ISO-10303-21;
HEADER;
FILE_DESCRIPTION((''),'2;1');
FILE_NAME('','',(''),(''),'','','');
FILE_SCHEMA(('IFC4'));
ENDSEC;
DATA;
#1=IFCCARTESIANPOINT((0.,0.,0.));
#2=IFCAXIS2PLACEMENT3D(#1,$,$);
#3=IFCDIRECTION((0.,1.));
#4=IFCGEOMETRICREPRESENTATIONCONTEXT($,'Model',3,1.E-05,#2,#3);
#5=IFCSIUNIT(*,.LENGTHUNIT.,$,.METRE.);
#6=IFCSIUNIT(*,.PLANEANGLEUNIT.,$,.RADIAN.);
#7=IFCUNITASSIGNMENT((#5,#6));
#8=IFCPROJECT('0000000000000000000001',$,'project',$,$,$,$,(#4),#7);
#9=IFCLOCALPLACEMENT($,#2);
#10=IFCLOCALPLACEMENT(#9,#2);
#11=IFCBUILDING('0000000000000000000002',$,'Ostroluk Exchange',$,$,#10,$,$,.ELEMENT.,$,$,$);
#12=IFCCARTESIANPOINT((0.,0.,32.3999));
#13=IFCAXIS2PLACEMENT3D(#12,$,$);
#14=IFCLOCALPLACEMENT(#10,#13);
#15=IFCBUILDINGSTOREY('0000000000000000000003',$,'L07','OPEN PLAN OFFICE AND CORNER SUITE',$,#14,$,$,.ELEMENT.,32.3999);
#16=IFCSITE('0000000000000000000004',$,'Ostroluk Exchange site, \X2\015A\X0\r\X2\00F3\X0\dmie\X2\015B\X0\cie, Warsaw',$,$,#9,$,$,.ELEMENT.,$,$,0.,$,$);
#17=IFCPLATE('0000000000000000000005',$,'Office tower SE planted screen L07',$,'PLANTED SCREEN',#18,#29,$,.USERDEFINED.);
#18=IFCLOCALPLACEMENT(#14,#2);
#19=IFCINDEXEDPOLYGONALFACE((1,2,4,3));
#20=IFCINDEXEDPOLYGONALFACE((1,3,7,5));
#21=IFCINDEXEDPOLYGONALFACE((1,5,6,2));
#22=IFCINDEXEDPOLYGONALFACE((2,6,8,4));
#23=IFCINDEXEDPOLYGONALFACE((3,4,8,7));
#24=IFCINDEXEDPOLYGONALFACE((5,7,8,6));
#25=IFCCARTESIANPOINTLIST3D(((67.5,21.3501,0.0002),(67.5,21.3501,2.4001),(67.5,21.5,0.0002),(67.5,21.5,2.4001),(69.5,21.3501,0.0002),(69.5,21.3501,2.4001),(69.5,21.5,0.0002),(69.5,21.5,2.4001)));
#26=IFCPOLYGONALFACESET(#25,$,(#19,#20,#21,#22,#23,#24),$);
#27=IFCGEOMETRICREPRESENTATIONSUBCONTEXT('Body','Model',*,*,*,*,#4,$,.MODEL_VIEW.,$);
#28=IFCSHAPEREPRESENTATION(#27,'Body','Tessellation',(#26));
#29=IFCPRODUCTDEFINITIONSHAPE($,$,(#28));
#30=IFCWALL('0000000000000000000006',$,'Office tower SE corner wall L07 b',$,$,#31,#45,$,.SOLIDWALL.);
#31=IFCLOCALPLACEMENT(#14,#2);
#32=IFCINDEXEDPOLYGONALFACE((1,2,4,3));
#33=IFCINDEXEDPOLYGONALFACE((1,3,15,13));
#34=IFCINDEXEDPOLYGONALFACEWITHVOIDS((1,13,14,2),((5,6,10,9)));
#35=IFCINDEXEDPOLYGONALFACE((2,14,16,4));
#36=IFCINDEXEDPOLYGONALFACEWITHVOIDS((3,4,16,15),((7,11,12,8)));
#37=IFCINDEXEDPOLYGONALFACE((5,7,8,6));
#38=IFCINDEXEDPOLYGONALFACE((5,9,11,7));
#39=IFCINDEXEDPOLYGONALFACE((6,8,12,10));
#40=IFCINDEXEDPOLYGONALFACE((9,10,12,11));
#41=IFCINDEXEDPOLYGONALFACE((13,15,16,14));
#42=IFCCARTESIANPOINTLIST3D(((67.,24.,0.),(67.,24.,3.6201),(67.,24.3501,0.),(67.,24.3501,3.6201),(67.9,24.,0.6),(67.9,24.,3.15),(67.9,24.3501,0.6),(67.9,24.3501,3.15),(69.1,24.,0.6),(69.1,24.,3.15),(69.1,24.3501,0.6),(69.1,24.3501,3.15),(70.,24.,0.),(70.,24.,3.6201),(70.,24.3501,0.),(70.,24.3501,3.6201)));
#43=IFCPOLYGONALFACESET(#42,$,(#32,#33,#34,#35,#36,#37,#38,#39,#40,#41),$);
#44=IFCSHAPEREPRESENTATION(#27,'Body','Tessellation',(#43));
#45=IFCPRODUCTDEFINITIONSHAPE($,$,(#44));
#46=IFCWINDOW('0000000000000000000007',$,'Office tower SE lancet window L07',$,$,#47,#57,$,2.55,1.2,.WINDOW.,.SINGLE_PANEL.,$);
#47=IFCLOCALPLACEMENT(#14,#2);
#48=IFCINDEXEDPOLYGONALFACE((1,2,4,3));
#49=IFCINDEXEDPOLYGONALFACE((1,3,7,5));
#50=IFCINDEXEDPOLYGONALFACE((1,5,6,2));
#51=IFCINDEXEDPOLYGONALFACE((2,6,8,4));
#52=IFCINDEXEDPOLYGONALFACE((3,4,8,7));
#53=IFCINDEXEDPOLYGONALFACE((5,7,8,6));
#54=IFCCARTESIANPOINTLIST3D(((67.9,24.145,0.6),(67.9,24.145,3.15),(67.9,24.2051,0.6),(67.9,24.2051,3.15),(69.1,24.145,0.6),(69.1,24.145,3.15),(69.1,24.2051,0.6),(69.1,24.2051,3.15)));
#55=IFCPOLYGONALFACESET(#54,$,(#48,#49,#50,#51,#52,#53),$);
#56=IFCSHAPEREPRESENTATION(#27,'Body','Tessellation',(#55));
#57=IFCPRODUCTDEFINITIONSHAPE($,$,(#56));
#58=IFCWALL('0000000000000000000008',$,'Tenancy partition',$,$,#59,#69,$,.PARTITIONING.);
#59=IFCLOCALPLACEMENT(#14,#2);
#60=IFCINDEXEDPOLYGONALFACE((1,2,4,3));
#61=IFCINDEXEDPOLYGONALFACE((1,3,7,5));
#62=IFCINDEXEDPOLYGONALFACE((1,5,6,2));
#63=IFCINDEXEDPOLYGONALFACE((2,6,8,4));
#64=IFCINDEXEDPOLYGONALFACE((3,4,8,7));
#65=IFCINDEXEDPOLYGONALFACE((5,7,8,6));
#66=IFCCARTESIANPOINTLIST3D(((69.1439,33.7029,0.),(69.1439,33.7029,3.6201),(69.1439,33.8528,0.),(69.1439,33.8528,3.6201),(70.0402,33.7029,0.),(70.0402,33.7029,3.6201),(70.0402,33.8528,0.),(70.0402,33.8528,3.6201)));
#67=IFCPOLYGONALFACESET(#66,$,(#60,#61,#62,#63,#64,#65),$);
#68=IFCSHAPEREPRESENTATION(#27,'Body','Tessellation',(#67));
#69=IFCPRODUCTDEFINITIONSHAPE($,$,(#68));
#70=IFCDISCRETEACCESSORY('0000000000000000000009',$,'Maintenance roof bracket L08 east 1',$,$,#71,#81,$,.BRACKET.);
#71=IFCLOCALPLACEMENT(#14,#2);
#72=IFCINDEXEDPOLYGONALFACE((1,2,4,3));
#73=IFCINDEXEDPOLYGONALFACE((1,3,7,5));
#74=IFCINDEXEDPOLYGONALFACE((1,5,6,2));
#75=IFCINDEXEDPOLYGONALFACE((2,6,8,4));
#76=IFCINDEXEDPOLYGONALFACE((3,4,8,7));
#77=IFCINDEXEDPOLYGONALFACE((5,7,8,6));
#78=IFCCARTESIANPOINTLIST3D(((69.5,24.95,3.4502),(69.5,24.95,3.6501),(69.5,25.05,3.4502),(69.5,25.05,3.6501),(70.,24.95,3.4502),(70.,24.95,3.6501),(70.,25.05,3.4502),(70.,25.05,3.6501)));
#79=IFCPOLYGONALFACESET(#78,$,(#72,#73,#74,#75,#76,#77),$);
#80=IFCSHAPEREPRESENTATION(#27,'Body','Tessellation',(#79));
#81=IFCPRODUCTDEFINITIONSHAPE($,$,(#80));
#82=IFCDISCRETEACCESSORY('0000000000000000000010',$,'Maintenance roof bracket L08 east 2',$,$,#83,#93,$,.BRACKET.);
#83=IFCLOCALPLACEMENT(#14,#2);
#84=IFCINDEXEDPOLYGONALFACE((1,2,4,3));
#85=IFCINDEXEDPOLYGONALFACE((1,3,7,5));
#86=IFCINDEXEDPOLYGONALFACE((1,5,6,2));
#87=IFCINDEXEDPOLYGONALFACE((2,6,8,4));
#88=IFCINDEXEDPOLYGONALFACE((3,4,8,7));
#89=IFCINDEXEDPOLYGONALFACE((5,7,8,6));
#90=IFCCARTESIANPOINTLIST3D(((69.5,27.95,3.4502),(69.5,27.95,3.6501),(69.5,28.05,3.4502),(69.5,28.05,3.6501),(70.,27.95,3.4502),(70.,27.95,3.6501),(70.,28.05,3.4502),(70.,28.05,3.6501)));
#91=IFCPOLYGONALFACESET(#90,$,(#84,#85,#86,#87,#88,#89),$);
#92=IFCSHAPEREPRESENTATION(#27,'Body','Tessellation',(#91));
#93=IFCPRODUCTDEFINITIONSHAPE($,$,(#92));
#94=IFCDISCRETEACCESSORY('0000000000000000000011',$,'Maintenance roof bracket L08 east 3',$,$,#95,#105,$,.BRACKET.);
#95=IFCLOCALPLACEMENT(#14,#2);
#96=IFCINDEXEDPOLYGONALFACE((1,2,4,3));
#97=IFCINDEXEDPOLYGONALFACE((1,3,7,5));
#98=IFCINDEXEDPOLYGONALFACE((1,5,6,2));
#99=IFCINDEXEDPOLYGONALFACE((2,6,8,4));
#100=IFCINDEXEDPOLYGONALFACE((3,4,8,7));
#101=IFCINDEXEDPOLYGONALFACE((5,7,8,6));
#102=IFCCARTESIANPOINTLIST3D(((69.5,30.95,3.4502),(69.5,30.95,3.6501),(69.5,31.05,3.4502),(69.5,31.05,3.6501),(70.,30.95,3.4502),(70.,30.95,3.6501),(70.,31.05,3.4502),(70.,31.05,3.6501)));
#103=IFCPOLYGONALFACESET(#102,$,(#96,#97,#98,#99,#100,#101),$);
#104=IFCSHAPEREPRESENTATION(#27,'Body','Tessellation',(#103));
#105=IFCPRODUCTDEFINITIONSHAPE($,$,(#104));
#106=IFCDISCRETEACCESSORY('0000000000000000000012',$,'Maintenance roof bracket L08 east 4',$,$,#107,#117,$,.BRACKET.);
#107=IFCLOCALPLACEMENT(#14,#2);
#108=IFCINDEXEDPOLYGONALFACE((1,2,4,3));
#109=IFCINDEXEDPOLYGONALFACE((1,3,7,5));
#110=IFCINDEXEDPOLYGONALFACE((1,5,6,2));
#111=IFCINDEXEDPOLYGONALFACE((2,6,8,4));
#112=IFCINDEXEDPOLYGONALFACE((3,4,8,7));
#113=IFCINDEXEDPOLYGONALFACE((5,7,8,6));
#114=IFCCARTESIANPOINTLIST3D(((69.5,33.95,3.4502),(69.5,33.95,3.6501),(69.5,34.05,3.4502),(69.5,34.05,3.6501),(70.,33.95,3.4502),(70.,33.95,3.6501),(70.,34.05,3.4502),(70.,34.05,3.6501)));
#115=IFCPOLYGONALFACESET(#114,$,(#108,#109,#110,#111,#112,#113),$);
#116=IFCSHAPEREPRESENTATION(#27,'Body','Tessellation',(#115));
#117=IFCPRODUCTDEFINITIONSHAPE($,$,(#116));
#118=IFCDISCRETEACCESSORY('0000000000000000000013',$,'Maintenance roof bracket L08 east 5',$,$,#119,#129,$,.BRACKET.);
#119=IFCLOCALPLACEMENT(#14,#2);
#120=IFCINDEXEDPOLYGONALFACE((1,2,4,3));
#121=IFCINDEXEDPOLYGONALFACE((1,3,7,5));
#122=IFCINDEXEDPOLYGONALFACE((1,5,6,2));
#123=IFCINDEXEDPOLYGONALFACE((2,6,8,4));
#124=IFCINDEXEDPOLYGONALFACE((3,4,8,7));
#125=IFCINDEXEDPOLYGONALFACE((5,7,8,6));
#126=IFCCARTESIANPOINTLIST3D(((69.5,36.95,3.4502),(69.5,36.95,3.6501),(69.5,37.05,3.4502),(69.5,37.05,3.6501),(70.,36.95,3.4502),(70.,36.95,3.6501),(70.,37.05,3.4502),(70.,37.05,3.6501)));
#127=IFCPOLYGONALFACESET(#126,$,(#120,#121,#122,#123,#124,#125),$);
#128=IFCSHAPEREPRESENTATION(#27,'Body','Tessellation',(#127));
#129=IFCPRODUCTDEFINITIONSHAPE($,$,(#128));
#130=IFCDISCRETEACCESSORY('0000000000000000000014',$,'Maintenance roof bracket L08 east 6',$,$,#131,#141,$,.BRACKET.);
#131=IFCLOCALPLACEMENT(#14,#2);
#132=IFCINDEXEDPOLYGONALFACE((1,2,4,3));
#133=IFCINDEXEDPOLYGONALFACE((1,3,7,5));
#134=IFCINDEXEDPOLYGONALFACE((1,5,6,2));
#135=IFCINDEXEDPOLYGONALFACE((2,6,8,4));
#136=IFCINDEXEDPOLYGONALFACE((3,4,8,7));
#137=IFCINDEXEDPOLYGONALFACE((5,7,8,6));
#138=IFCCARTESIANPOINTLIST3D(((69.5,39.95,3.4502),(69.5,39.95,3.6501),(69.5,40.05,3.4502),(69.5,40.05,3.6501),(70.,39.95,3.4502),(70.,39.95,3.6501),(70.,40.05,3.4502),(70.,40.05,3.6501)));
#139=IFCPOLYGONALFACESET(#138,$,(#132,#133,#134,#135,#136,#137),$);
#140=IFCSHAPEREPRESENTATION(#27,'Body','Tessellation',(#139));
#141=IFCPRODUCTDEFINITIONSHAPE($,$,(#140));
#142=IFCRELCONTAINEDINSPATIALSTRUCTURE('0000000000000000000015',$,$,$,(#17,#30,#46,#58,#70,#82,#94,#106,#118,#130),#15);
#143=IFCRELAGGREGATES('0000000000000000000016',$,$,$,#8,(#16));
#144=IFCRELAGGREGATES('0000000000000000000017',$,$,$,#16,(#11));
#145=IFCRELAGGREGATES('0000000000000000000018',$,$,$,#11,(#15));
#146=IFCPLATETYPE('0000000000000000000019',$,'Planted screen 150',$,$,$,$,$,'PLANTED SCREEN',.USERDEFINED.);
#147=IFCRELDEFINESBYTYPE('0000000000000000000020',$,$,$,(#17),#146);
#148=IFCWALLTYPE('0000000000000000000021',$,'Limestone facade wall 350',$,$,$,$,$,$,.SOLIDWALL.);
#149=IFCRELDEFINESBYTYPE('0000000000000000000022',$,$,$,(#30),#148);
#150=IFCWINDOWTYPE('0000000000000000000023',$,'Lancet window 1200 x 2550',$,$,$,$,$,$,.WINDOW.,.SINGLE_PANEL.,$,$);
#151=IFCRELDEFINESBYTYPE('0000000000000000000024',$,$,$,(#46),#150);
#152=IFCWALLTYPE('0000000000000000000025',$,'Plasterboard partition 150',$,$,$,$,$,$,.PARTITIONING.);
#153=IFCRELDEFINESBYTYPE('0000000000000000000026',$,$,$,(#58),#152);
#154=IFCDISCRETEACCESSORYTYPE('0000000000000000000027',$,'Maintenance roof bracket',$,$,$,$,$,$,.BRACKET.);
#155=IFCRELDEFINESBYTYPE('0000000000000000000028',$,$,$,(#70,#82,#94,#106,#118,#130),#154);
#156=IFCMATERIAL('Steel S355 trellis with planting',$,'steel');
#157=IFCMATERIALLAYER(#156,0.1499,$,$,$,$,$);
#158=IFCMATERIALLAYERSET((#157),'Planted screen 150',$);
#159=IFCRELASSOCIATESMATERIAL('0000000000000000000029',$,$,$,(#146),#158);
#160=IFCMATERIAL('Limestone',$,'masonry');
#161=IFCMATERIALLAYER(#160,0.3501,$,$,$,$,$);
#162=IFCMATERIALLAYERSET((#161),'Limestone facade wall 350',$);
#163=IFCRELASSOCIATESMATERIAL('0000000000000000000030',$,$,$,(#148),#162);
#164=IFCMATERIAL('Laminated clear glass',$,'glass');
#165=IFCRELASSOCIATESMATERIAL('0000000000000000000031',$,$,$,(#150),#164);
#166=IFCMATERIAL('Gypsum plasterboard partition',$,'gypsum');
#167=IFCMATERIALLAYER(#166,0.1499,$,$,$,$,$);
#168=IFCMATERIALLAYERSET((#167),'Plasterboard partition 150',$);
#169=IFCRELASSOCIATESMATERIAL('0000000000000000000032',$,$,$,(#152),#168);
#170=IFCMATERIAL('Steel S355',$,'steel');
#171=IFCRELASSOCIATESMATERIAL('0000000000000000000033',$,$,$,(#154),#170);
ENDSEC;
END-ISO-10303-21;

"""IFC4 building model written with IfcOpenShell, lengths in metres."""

from ifc_helpers import new_model, si_unit, direction, frame, frame_2d, origin, origin_2d, place, context, subcontext, project, spatial, rectangle, extrude, material, layer, layer_set, type_object, element, fill, save


model = new_model("IFC4")

# Units and contexts
model_context = context("Model", 3, precision=1e-05, world=origin(), true_north=direction((0.0, 1.0)))
body_context = subcontext(model_context, "Body", "Model", "MODEL_VIEW")
ifc_project = project(units=[si_unit("LENGTHUNIT", "METRE"), si_unit("PLANEANGLEUNIT", "RADIAN")], contexts=[model_context])

# Site, building, storey
site_placement = place(None, origin())
site = spatial("IfcSite", under=ifc_project, at=site_placement, Name="Ostroluk Exchange site, Śródmieście, Warsaw", CompositionType="ELEMENT", RefElevation=0.0)
building_placement = place(site_placement, origin())
building = spatial("IfcBuilding", under=site, at=building_placement, Name="Ostroluk Exchange", CompositionType="ELEMENT")
storey_placement = place(building_placement, frame((0.0, 0.0, 32.3999)))
storey = spatial("IfcBuildingStorey", under=building, at=storey_placement, Name="L07", Description="OPEN PLAN OFFICE AND CORNER SUITE", CompositionType="ELEMENT", Elevation=32.3999)

# Plate
ifc_material_1 = material(Name="Steel S355 trellis with planting", Category="steel")
ifc_layer_1 = layer(ifc_material_1, 0.1499)
ifc_layer_set_1 = layer_set([ifc_layer_1], Name="Planted screen 150")
plate_type = type_object("IfcPlateType", Name="Planted screen 150", ElementType="PLANTED SCREEN", PredefinedType="USERDEFINED", material=ifc_layer_set_1)
plate_placement = place(storey_placement, frame((68.5, 21.425, 0.0002), z_axis=(0.0, 0.0, 1.0), x_axis=(1.0, 0.0, 0.0)))
element("IfcPlate", 1, at=plate_placement, inside=storey, type_object=plate_type, Name="Office tower SE planted screen L07", ObjectType="PLANTED SCREEN", PredefinedType="USERDEFINED", context=body_context, shape_type="SweptSolid", body=[
    extrude(rectangle(XDim=2.0, YDim=0.1499, at=origin_2d()), origin(), (0.0, 0.0, 1.0), 2.3999),
])

# Shared definitions
ifc_material_2 = material(Name="Limestone", Category="masonry")
ifc_layer_2 = layer(ifc_material_2, 0.3501)
ifc_layer_set_2 = layer_set([ifc_layer_2], Name="Limestone facade wall 350")
wall_type_1 = type_object("IfcWallType", Name="Limestone facade wall 350", PredefinedType="SOLIDWALL", material=ifc_layer_set_2)

# Wall, opening, window
wall_1_placement = place(storey_placement, frame((67.0, 24.175, 0.0), z_axis=(0.0, 0.0, 1.0), x_axis=(1.0, 0.0, 0.0)))
wall_1 = element("IfcWall", 2, at=wall_1_placement, inside=storey, type_object=wall_type_1, Name="Office tower SE corner wall L07 b", PredefinedType="SOLIDWALL", context=body_context, shape_type="SweptSolid", body=[
    extrude(rectangle(XDim=3.0, YDim=0.3501, at=frame_2d((1.5, 0.0))), origin(), (0.0, 0.0, 1.0), 3.6201),
])
opening_1_placement = place(wall_1_placement, frame((0.8999, 0.0, 0.6001)))
opening_1 = element("IfcOpeningElement", 3, at=opening_1_placement, cuts=wall_1, PredefinedType="OPENING", context=body_context, shape_type="SweptSolid", body=[
    extrude(rectangle(XDim=1.2, YDim=2.55, at=frame_2d((0.6001, 1.2749))), frame((0.0, 0.1851, 0.0), z_axis=(0.0, -1.0, 0.0), x_axis=(1.0, 0.0, 0.0)), (0.0, 0.0, 1.0), 0.3701),
])
ifc_material_3 = material(Name="Laminated clear glass", Category="glass")
window_type = type_object("IfcWindowType", Name="Lancet window 1200 x 2550", PartitioningType="SINGLE_PANEL", PredefinedType="WINDOW", material=ifc_material_3)
window_placement = place(opening_1_placement, origin())
window = element("IfcWindow", 4, at=window_placement, inside=storey, type_object=window_type, Name="Office tower SE lancet window L07", OverallHeight=2.55, OverallWidth=1.2, PartitioningType="SINGLE_PANEL", PredefinedType="WINDOW", context=body_context, shape_type="SweptSolid", body=[
    extrude(rectangle(XDim=1.2, YDim=2.55, at=frame_2d((0.6001, 1.2749))), frame((0.0, 0.03, 0.0), z_axis=(0.0, -1.0, 0.0), x_axis=(1.0, 0.0, 0.0)), (0.0, 0.0, 1.0), 0.0601),
])
fill(opening_1, window)

# Wall
ifc_material_4 = material(Name="Gypsum plasterboard partition", Category="gypsum")
ifc_layer_3 = layer(ifc_material_4, 0.1499)
ifc_layer_set_3 = layer_set([ifc_layer_3], Name="Plasterboard partition 150")
wall_type_2 = type_object("IfcWallType", Name="Plasterboard partition 150", PredefinedType="PARTITIONING", material=ifc_layer_set_3)
wall_2_placement = place(storey_placement, frame((69.1438, 33.7778, 0.0), z_axis=(0.0, 0.0, 1.0), x_axis=(1.0, 0.0, 0.0)))
element("IfcWall", 5, at=wall_2_placement, inside=storey, type_object=wall_type_2, Name="Tenancy partition", PredefinedType="PARTITIONING", context=body_context, shape_type="SweptSolid", body=[
    extrude(rectangle(XDim=0.8962, YDim=0.1499, at=frame_2d((0.4482, 0.0))), origin(), (0.0, 0.0, 1.0), 3.6201),
])

# Discrete accessories
ifc_material_5 = material(Name="Steel S355", Category="steel")
discrete_accessory_type = type_object("IfcDiscreteAccessoryType", Name="Maintenance roof bracket", PredefinedType="BRACKET", material=ifc_material_5)
for number, where, z_axis, x_axis, name in (
    (6, (69.75, 25.0, 3.4502), (0.0, 0.0, 1.0), (1.0, 0.0, 0.0), "Maintenance roof bracket L08 east 1"),
    (7, (69.75, 28.0, 3.4502), (0.0, 0.0, 1.0), (1.0, 0.0, 0.0), "Maintenance roof bracket L08 east 2"),
    (8, (69.75, 31.0, 3.4502), (0.0, 0.0, 1.0), (1.0, 0.0, 0.0), "Maintenance roof bracket L08 east 3"),
    (9, (69.75, 34.0, 3.4502), (0.0, 0.0, 1.0), (1.0, 0.0, 0.0), "Maintenance roof bracket L08 east 4"),
    (10, (69.75, 37.0, 3.4502), (0.0, 0.0, 1.0), (1.0, 0.0, 0.0), "Maintenance roof bracket L08 east 5"),
    (11, (69.75, 40.0, 3.4502), (0.0, 0.0, 1.0), (1.0, 0.0, 0.0), "Maintenance roof bracket L08 east 6"),
):
    element("IfcDiscreteAccessory", number, at=place(storey_placement, frame(where, z_axis=z_axis, x_axis=x_axis)), inside=storey, type_object=discrete_accessory_type, Name=name, PredefinedType="BRACKET", context=body_context, shape_type="SweptSolid", body=[
        extrude(rectangle(XDim=0.5, YDim=0.1001, at=origin_2d()), origin(), (0.0, 0.0, 1.0), 0.2),
    ])

save(model, "model.ifc")
